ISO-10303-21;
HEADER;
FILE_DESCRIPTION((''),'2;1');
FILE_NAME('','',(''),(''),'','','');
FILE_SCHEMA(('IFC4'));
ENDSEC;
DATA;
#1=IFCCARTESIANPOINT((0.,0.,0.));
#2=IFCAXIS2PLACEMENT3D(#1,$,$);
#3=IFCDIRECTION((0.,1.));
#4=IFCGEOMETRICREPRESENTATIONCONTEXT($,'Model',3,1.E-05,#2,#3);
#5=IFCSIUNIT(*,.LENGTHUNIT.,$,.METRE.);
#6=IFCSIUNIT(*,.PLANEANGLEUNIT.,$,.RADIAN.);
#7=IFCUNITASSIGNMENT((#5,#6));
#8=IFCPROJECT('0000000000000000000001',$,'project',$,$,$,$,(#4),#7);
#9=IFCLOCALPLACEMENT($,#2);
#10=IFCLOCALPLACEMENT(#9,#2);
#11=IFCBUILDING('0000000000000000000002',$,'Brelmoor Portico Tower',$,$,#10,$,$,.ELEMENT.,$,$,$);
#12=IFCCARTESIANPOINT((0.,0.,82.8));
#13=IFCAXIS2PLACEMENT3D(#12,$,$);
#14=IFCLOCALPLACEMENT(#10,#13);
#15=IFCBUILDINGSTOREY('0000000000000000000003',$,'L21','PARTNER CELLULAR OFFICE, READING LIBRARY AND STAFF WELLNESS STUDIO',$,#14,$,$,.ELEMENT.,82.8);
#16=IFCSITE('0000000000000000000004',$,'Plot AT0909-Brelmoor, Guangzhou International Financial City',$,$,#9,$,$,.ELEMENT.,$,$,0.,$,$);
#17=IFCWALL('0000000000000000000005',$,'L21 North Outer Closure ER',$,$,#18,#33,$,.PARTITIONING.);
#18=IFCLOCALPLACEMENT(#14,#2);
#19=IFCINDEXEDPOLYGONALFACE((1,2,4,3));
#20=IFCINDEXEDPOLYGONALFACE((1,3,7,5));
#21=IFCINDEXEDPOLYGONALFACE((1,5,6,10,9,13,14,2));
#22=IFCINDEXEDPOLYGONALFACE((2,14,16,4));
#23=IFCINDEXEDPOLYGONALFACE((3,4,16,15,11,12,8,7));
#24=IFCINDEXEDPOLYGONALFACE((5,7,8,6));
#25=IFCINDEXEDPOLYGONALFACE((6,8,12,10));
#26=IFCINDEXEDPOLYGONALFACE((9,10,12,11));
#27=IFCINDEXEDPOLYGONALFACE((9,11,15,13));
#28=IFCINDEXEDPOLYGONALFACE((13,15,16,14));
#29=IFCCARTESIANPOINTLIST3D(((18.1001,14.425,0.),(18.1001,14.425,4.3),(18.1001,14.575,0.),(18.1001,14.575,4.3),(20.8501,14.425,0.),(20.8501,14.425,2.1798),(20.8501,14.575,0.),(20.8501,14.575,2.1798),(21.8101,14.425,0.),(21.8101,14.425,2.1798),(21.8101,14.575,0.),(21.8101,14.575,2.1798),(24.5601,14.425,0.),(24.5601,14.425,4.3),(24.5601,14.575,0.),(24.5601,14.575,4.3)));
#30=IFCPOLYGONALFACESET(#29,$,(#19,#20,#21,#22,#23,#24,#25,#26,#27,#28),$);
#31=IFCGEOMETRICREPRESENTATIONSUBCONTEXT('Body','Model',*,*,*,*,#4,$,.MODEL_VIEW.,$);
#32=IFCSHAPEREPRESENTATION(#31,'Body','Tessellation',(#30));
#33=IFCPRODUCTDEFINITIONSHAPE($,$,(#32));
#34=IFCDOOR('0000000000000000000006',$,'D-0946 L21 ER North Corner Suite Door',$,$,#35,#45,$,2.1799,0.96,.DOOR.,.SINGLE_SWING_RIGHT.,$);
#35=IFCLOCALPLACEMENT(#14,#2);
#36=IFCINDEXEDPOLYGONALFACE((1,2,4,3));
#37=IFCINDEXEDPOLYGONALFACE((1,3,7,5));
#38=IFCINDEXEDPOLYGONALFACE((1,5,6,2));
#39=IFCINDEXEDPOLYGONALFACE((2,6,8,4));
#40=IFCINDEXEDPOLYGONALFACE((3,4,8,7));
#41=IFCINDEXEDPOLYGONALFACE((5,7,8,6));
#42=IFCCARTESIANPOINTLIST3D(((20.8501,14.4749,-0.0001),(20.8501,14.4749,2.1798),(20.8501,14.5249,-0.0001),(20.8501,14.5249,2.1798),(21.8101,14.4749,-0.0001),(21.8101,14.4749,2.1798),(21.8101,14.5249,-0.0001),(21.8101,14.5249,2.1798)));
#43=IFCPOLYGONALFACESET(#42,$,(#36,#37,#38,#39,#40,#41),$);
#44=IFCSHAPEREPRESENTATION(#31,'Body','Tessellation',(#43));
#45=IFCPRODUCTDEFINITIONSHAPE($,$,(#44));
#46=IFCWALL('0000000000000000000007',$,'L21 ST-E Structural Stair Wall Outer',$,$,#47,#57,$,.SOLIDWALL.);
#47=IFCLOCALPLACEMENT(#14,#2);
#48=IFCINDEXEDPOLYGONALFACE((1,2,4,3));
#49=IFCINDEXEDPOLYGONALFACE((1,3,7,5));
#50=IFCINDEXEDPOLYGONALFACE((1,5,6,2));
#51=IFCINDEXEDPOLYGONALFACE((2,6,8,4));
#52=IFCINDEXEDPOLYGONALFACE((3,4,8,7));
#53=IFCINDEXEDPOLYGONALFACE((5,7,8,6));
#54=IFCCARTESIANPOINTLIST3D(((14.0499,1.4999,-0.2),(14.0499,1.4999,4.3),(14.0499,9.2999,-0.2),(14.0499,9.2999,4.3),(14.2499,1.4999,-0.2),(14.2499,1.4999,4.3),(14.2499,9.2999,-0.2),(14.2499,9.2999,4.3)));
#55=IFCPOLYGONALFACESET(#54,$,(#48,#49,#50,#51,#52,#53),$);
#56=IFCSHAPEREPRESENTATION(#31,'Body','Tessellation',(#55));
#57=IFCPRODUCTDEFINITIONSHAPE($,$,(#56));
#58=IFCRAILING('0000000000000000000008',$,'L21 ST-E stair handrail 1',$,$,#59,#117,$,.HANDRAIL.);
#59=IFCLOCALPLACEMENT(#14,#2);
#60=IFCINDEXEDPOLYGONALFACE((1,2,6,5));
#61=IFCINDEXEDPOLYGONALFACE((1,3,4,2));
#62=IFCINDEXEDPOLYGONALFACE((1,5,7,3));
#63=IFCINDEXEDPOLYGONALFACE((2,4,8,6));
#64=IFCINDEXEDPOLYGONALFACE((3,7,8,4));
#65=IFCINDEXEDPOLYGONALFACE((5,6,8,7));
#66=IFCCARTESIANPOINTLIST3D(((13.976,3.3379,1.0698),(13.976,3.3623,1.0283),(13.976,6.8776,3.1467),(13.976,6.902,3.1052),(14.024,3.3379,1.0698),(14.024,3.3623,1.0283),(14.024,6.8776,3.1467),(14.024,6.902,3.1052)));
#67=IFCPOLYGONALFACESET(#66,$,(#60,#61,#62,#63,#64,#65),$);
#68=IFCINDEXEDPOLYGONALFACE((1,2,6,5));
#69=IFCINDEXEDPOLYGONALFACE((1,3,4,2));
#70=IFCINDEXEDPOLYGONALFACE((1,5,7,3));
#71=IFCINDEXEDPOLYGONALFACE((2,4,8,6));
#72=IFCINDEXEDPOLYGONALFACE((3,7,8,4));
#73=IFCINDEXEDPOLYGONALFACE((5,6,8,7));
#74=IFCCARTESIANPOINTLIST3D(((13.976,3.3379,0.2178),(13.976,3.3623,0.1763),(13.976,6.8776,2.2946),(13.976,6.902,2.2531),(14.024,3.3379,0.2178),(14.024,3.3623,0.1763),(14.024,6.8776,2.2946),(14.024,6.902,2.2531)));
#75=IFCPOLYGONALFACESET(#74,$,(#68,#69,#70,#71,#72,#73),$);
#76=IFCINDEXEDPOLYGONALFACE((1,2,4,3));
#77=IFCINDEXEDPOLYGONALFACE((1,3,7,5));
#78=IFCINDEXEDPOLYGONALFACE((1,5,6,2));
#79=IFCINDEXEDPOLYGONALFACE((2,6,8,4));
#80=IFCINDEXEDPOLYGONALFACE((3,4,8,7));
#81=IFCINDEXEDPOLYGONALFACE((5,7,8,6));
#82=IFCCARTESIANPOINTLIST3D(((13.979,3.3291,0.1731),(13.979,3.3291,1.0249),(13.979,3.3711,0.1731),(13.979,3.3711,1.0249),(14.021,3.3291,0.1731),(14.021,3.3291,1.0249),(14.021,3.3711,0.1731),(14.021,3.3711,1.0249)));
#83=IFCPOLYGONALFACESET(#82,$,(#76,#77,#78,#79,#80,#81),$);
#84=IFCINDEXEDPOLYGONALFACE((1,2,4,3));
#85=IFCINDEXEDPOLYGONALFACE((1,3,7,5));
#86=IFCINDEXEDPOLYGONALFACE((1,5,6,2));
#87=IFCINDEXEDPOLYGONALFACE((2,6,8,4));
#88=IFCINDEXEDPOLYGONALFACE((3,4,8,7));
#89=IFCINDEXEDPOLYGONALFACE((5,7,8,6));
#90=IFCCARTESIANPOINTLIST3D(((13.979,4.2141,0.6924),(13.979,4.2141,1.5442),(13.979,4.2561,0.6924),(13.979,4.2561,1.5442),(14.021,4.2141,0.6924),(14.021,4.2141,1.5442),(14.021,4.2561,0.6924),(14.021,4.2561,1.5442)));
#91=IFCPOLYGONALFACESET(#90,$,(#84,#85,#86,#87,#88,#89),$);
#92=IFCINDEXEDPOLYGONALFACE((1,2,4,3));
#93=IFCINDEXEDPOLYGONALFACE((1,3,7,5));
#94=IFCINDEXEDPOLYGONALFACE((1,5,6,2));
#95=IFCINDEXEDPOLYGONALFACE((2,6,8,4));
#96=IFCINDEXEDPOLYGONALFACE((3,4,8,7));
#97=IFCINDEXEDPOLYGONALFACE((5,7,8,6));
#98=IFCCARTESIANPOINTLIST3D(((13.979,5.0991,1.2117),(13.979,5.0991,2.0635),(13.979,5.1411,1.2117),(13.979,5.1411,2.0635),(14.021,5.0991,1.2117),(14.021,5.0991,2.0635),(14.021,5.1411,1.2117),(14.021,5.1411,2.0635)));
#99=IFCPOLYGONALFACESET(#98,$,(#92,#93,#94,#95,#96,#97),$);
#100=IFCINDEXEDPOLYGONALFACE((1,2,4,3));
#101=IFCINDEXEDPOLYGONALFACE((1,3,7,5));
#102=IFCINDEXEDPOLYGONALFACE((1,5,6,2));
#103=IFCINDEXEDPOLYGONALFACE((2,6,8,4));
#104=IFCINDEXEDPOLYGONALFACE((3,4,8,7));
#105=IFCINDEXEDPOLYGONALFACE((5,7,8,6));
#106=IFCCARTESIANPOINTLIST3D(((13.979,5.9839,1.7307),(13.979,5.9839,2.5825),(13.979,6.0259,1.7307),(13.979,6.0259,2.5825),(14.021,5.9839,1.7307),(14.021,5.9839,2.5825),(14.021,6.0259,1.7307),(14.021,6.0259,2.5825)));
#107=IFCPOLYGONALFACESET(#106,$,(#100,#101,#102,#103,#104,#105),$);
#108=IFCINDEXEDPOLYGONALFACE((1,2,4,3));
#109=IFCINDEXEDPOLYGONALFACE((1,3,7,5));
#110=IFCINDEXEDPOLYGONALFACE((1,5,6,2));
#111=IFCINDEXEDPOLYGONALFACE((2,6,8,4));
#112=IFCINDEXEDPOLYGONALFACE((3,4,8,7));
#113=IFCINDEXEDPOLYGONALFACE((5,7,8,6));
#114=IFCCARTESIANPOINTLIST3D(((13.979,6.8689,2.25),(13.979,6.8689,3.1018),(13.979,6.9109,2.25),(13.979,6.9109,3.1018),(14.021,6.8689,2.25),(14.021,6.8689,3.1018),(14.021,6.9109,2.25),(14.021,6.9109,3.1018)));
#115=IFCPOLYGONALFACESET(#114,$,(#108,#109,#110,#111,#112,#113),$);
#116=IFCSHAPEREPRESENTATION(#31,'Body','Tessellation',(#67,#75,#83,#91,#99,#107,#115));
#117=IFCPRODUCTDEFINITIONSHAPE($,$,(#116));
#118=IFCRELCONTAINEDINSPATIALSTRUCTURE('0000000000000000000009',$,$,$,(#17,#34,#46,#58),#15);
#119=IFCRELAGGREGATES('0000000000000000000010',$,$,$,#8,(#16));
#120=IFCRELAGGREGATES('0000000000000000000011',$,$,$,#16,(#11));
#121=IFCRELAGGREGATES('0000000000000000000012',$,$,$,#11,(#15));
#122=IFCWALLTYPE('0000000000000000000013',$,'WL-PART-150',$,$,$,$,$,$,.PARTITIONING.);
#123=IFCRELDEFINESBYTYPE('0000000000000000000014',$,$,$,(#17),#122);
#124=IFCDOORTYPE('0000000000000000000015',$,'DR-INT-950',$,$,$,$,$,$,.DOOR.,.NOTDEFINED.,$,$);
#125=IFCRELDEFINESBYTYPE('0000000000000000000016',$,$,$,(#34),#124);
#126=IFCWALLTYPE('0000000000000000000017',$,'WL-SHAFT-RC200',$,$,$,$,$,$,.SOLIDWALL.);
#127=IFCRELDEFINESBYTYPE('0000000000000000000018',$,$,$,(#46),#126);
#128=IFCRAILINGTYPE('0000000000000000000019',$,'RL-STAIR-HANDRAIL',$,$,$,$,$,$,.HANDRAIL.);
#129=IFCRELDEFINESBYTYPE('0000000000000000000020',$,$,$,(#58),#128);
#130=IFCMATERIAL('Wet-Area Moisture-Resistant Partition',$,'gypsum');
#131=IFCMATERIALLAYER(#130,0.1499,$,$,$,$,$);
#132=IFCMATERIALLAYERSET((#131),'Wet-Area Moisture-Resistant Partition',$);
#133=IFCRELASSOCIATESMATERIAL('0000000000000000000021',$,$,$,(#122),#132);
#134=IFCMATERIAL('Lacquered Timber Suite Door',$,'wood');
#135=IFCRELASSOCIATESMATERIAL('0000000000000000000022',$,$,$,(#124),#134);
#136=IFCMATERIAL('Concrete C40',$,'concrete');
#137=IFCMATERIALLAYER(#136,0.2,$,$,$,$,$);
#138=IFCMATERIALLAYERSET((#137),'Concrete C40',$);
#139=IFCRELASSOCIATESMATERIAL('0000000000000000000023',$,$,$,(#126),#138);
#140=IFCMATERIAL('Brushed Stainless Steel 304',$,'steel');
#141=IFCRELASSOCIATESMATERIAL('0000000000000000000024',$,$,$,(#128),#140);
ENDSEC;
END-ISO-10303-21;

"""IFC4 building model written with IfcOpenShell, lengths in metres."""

from ifc_helpers import new_model, si_unit, direction, frame, frame_2d, origin, origin_2d, place, context, subcontext, project, spatial, rectangle, extrude, material, layer, layer_set, type_object, element, fill, save


model = new_model("IFC4")

# Units and contexts
model_context = context("Model", 3, precision=1e-05, world=origin(), true_north=direction((0.0, 1.0)))
body_context = subcontext(model_context, "Body", "Model", "MODEL_VIEW")
ifc_project = project(units=[si_unit("LENGTHUNIT", "METRE"), si_unit("PLANEANGLEUNIT", "RADIAN")], contexts=[model_context])

# Site, building, storey
site_placement = place(None, origin())
site = spatial("IfcSite", under=ifc_project, at=site_placement, Name="Plot AT0909-Brelmoor, Guangzhou International Financial City", CompositionType="ELEMENT", RefElevation=0.0)
building_placement = place(site_placement, origin())
building = spatial("IfcBuilding", under=site, at=building_placement, Name="Brelmoor Portico Tower", CompositionType="ELEMENT")
storey_placement = place(building_placement, frame((0.0, 0.0, 82.8)))
storey = spatial("IfcBuildingStorey", under=building, at=storey_placement, Name="L21", Description="PARTNER CELLULAR OFFICE, READING LIBRARY AND STAFF WELLNESS STUDIO", CompositionType="ELEMENT", Elevation=82.8)

# Wall, opening, door
ifc_material_1 = material(Name="Wet-Area Moisture-Resistant Partition", Category="gypsum")
ifc_layer_1 = layer(ifc_material_1, 0.1499)
ifc_layer_set_1 = layer_set([ifc_layer_1], Name="Wet-Area Moisture-Resistant Partition")
wall_type_1 = type_object("IfcWallType", Name="WL-PART-150", PredefinedType="PARTITIONING", material=ifc_layer_set_1)
wall_1_placement = place(storey_placement, frame((18.1001, 14.5, 0.0), z_axis=(0.0, 0.0, 1.0), x_axis=(1.0, 0.0, 0.0)))
wall_1 = element("IfcWall", 1, at=wall_1_placement, inside=storey, type_object=wall_type_1, Name="L21 North Outer Closure ER", PredefinedType="PARTITIONING", context=body_context, shape_type="SweptSolid", body=[
    extrude(rectangle(XDim=6.46, YDim=0.1499, at=frame_2d((3.23, 0.0))), origin(), (0.0, 0.0, 1.0), 4.3),
])
opening_placement = place(wall_1_placement, frame((2.75, 0.0, 0.0)))
opening = element("IfcOpeningElement", 2, at=opening_placement, cuts=wall_1, PredefinedType="OPENING", context=body_context, shape_type="SweptSolid", body=[
    extrude(rectangle(XDim=0.96, YDim=2.1799, at=frame_2d((0.48, 1.0898))), frame((0.0, 0.085, 0.0), z_axis=(0.0, -1.0, 0.0), x_axis=(1.0, 0.0, 0.0)), (0.0, 0.0, 1.0), 0.1699),
])
ifc_material_2 = material(Name="Lacquered Timber Suite Door", Category="wood")
door_type = type_object("IfcDoorType", Name="DR-INT-950", OperationType="NOTDEFINED", PredefinedType="DOOR", material=ifc_material_2)
door_placement = place(opening_placement, origin())
door = element("IfcDoor", 3, at=door_placement, inside=storey, type_object=door_type, Name="D-0946 L21 ER North Corner Suite Door", OperationType="SINGLE_SWING_RIGHT", OverallHeight=2.1799, OverallWidth=0.96, PredefinedType="DOOR", context=body_context, shape_type="SweptSolid", body=[
    extrude(rectangle(XDim=0.96, YDim=2.1799, at=frame_2d((0.48, 1.0898))), frame((0.0, 0.0249, 0.0), z_axis=(0.0, -1.0, 0.0), x_axis=(1.0, 0.0, 0.0)), (0.0, 0.0, 1.0), 0.05),
])
fill(opening, door)

# Wall
ifc_material_3 = material(Name="Concrete C40", Category="concrete")
ifc_layer_2 = layer(ifc_material_3, 0.2)
ifc_layer_set_2 = layer_set([ifc_layer_2], Name="Concrete C40")
wall_type_2 = type_object("IfcWallType", Name="WL-SHAFT-RC200", PredefinedType="SOLIDWALL", material=ifc_layer_set_2)
wall_2_placement = place(storey_placement, frame((14.1499, 1.5, -0.2), z_axis=(0.0, 0.0, 1.0), x_axis=(0.0, 1.0, 0.0)))
element("IfcWall", 4, at=wall_2_placement, inside=storey, type_object=wall_type_2, Name="L21 ST-E Structural Stair Wall Outer", PredefinedType="SOLIDWALL", context=body_context, shape_type="SweptSolid", body=[
    extrude(rectangle(XDim=7.8, YDim=0.2, at=frame_2d((3.8999, 0.0))), origin(), (0.0, 0.0, 1.0), 4.5),
])

# Railing
ifc_material_4 = material(Name="Brushed Stainless Steel 304", Category="steel")
railing_type = type_object("IfcRailingType", Name="RL-STAIR-HANDRAIL", PredefinedType="HANDRAIL", material=ifc_material_4)
railing_placement = place(storey_placement, frame((14.0, 3.3501, 0.1731)))
element("IfcRailing", 5, at=railing_placement, inside=storey, type_object=railing_type, Name="L21 ST-E stair handrail 1", PredefinedType="HANDRAIL", context=body_context, shape_type="SweptSolid", body=[
    extrude(rectangle(XDim=0.0481, YDim=0.0481, at=origin_2d()), frame((0.0, 0.0, 0.876), z_axis=(0.0, 0.862501, 0.506055), x_axis=(-1.0, 0.0, 0.0)), (0.0, 0.0, 1.0), 4.104),
    extrude(rectangle(XDim=0.0481, YDim=0.0481, at=origin_2d()), frame((0.0, 0.0, 0.0239), z_axis=(0.0, 0.862501, 0.506055), x_axis=(-1.0, 0.0, 0.0)), (0.0, 0.0, 1.0), 4.104),
    extrude(rectangle(XDim=0.042, YDim=0.042, at=origin_2d()), origin(), (0.0, 0.0, 1.0), 0.8518),
    extrude(rectangle(XDim=0.042, YDim=0.042, at=origin_2d()), frame((0.0, 0.885, 0.5193)), (0.0, 0.0, 1.0), 0.8518),
    extrude(rectangle(XDim=0.042, YDim=0.042, at=origin_2d()), frame((0.0, 1.77, 1.0386)), (0.0, 0.0, 1.0), 0.8518),
    extrude(rectangle(XDim=0.042, YDim=0.042, at=origin_2d()), frame((0.0, 2.6548, 1.5576)), (0.0, 0.0, 1.0), 0.8518),
    extrude(rectangle(XDim=0.042, YDim=0.042, at=origin_2d()), frame((0.0, 3.5398, 2.0769)), (0.0, 0.0, 1.0), 0.8518),
])

save(model, "model.ifc")
